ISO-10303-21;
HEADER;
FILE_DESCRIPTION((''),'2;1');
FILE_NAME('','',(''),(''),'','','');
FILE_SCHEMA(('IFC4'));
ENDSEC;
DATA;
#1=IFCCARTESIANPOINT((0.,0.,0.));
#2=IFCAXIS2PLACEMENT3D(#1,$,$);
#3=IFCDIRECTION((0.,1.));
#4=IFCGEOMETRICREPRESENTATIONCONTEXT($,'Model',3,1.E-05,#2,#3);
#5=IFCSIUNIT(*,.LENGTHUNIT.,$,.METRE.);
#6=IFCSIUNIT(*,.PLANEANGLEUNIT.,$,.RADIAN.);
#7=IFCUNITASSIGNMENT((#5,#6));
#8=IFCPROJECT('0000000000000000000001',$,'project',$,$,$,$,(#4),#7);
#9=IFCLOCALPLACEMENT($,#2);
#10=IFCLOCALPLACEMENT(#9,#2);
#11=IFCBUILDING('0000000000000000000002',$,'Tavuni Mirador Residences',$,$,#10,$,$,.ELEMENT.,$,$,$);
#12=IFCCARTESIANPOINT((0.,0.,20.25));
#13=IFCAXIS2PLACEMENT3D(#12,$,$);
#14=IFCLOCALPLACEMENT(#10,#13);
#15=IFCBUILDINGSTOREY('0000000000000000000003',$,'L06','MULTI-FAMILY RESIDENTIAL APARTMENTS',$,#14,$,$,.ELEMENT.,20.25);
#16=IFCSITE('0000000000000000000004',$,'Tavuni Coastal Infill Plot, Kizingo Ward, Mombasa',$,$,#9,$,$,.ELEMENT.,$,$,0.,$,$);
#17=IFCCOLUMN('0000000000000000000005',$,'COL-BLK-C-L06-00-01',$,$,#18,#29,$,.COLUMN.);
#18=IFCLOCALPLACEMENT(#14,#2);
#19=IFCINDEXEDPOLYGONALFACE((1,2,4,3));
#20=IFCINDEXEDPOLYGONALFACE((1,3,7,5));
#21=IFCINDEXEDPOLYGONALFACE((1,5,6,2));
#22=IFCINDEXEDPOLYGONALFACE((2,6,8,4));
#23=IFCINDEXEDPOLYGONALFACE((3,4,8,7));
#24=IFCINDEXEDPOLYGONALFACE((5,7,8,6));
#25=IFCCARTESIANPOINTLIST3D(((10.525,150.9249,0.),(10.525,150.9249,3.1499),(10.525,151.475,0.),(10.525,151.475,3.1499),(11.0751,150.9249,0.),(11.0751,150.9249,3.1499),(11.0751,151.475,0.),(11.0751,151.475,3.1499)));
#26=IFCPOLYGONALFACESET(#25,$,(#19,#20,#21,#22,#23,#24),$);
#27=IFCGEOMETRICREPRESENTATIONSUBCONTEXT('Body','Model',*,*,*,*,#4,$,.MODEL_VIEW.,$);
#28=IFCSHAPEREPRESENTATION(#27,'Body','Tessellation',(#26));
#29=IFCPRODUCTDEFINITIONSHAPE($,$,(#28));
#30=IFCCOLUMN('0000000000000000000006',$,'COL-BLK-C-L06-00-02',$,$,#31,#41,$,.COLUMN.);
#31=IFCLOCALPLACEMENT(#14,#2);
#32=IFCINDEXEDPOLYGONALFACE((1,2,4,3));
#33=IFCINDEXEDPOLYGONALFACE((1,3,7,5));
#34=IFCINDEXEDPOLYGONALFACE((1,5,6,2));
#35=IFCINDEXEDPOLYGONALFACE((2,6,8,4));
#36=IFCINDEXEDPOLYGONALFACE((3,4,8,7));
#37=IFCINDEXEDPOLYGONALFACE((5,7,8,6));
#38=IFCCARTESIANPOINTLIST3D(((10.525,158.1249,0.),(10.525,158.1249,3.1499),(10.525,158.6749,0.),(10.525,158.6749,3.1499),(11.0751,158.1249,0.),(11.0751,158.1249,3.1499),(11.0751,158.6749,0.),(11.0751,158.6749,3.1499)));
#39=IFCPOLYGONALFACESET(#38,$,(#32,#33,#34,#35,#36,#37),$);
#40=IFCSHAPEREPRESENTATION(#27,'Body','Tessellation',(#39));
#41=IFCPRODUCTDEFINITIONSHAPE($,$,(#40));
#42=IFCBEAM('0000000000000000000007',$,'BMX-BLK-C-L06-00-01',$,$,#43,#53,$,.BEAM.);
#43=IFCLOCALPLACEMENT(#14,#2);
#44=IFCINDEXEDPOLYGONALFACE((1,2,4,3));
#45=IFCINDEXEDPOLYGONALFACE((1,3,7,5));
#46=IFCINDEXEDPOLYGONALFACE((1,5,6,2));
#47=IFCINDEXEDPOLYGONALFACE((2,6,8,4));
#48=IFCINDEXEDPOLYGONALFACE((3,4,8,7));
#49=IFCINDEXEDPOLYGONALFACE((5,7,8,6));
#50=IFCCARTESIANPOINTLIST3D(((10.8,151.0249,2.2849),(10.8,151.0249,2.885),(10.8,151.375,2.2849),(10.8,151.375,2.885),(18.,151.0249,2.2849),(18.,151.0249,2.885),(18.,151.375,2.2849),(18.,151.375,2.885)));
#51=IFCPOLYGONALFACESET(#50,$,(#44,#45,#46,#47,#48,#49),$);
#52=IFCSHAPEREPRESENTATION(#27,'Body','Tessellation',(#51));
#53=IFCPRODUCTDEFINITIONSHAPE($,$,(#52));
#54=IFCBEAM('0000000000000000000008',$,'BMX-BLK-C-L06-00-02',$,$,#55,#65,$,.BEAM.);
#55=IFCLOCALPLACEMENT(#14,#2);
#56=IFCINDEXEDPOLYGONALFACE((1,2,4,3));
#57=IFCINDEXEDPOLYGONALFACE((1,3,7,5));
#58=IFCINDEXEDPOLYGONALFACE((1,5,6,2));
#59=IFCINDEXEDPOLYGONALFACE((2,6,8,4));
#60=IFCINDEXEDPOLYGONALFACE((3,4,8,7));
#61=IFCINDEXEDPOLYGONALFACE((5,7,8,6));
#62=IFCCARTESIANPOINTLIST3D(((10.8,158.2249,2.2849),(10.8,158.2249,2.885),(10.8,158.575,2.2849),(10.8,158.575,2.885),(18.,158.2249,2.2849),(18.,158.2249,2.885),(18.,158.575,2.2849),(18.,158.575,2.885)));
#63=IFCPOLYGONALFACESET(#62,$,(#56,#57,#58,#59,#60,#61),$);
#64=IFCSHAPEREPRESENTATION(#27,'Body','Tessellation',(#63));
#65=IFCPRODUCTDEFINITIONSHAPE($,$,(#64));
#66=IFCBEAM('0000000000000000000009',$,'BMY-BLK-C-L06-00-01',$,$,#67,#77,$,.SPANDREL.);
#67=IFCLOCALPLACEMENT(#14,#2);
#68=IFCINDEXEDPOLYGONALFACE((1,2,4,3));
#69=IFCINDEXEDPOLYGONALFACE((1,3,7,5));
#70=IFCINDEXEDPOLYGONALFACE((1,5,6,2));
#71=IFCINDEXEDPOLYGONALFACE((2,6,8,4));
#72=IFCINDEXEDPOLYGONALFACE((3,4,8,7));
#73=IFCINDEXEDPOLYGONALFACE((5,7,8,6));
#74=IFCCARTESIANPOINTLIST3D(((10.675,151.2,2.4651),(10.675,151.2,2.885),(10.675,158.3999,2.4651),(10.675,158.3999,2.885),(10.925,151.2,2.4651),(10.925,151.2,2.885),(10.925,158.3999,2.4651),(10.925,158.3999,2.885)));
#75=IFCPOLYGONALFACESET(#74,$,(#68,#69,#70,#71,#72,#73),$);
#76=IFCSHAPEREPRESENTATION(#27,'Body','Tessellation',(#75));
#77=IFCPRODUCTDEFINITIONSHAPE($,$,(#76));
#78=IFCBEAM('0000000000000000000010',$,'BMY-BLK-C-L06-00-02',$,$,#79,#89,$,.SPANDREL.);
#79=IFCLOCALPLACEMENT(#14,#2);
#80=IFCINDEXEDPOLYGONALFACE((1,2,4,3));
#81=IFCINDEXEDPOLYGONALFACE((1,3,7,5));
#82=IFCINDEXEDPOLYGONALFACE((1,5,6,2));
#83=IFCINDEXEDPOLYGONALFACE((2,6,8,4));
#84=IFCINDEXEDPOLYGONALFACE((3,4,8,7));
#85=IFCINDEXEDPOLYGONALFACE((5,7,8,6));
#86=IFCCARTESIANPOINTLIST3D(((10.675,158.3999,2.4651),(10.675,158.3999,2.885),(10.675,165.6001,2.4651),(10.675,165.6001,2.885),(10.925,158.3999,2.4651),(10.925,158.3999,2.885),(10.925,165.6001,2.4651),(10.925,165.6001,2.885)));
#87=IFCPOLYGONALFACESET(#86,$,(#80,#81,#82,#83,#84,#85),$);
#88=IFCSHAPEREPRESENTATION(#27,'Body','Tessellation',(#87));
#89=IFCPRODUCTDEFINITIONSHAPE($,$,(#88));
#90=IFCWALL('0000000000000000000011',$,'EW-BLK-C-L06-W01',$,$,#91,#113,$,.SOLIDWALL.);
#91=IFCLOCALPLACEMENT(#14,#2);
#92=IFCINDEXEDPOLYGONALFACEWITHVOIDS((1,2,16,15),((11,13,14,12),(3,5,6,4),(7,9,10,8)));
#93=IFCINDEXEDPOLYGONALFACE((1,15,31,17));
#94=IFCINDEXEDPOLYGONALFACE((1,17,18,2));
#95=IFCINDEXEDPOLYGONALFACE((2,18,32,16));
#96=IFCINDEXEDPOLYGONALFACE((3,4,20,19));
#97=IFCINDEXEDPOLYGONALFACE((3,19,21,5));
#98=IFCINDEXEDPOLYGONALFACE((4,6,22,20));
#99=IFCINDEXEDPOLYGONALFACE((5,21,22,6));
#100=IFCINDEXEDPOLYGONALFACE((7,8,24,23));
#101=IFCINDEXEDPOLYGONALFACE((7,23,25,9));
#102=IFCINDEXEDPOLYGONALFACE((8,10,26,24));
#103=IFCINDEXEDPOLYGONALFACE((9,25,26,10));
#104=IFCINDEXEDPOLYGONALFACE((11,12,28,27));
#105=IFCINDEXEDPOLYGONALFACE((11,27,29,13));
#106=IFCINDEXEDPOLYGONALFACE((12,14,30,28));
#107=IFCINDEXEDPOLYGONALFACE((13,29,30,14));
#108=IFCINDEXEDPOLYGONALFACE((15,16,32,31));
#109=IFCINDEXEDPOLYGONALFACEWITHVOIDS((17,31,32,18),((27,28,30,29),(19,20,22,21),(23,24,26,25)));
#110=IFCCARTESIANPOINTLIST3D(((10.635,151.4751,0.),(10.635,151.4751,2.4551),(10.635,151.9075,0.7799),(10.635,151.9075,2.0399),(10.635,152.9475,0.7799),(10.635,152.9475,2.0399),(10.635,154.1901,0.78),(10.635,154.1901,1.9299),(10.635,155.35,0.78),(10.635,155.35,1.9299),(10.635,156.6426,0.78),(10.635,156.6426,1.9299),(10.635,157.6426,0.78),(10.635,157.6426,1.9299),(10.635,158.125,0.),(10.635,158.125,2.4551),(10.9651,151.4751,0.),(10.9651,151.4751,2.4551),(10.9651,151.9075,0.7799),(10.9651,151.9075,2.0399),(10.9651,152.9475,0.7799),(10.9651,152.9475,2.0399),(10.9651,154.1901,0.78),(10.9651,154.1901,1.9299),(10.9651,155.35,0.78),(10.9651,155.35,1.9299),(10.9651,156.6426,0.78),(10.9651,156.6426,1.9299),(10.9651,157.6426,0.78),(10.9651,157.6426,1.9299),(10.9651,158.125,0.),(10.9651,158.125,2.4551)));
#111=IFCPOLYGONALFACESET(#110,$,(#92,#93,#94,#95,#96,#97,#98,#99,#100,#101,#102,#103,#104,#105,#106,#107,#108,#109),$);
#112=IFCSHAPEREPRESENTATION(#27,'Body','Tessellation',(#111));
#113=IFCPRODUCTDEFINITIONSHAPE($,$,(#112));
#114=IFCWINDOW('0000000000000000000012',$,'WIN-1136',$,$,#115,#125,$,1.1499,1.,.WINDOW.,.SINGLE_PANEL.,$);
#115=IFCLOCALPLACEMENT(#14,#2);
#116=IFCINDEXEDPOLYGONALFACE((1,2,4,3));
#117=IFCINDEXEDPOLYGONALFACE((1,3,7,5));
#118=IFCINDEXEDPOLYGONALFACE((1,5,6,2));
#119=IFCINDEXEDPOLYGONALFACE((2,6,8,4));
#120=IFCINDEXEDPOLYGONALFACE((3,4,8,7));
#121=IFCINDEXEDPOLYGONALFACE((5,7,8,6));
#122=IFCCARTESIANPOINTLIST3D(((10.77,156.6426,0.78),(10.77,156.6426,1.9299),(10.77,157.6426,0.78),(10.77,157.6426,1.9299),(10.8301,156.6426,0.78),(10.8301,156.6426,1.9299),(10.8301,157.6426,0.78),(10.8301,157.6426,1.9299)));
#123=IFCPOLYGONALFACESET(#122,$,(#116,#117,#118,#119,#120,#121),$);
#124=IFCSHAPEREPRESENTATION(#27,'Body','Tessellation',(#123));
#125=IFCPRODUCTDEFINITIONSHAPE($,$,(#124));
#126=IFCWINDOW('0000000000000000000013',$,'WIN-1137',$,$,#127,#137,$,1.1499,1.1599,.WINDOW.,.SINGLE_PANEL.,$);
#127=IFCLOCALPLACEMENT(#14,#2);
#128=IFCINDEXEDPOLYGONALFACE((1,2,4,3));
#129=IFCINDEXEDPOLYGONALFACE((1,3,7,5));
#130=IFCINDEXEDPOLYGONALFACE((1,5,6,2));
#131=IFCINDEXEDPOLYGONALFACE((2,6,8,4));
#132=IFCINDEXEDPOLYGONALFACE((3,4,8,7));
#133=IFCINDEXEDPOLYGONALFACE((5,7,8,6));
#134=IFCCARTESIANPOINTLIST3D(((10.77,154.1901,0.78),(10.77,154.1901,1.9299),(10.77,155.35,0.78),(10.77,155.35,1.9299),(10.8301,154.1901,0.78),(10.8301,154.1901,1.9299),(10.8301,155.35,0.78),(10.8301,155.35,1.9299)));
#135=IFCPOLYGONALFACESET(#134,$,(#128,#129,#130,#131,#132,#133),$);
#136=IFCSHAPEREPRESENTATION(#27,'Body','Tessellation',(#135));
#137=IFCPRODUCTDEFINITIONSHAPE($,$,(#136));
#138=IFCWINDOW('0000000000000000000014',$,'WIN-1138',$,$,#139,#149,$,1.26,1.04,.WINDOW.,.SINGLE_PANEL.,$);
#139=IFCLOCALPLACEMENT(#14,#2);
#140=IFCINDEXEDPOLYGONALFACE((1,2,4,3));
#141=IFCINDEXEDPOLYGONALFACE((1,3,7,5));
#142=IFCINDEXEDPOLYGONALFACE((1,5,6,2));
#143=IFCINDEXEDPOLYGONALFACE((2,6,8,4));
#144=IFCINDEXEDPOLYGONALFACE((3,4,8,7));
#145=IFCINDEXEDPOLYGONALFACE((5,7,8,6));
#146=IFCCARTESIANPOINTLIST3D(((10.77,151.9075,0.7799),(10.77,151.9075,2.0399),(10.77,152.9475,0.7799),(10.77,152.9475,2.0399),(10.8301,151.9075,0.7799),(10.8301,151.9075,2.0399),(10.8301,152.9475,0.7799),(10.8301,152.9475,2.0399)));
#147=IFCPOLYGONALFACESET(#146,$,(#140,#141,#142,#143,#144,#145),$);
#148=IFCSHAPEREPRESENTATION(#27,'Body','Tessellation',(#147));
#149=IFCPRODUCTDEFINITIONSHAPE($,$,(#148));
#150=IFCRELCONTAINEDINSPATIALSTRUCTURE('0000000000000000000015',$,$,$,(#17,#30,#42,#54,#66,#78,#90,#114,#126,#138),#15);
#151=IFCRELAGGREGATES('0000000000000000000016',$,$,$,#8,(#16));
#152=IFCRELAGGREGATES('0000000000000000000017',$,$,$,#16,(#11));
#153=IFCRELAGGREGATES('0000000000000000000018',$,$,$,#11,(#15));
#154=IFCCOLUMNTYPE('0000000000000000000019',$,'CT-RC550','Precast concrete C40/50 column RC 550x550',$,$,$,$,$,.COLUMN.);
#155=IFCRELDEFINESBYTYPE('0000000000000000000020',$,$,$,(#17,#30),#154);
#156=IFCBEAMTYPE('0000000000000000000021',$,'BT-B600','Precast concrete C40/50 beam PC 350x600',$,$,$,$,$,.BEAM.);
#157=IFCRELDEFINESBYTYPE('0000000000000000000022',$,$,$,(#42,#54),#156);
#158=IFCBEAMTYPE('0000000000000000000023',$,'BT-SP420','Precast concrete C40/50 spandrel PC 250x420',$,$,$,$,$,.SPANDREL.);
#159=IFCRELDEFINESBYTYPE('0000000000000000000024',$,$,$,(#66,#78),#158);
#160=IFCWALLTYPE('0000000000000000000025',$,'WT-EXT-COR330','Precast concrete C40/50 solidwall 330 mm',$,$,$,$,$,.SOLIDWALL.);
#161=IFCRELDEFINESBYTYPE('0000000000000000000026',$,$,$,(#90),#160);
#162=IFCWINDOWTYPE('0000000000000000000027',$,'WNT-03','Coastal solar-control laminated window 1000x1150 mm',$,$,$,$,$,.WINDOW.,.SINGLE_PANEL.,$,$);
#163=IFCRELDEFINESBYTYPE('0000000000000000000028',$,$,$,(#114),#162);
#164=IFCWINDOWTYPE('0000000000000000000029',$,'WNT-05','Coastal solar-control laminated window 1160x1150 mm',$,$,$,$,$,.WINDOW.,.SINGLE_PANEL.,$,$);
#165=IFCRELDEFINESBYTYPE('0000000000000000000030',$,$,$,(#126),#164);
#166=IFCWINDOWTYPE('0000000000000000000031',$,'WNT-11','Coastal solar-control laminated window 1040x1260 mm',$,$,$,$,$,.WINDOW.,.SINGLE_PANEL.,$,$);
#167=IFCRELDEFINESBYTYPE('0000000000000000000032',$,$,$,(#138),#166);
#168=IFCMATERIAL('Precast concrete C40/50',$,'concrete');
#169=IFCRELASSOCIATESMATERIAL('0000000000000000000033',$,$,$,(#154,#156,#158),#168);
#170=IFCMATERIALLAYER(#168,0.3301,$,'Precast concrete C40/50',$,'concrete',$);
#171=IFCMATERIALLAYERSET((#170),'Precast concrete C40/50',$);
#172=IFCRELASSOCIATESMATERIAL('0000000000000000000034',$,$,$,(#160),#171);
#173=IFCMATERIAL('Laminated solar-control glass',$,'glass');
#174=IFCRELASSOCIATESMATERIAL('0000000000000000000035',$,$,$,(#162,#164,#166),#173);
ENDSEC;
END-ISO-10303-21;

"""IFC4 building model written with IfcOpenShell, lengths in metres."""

from ifc_helpers import new_model, si_unit, direction, frame, frame_2d, origin, origin_2d, place, context, subcontext, project, spatial, rectangle, extrude, material, layer, layer_set, material_profile, profile_set, type_object, element, fill, save


model = new_model("IFC4")

# Units and contexts
model_context = context("Model", 3, precision=1e-05, world=origin(), true_north=direction((0.0, 1.0)))
body_context = subcontext(model_context, "Body", "Model", "MODEL_VIEW")
ifc_project = project(units=[si_unit("LENGTHUNIT", "METRE"), si_unit("PLANEANGLEUNIT", "RADIAN")], contexts=[model_context])

# Site, building, storey
site_placement = place(None, origin())
site = spatial("IfcSite", under=ifc_project, at=site_placement, Name="Tavuni Coastal Infill Plot, Kizingo Ward, Mombasa", CompositionType="ELEMENT", RefElevation=0.0)
building_placement = place(site_placement, origin())
building = spatial("IfcBuilding", under=site, at=building_placement, Name="Tavuni Mirador Residences", CompositionType="ELEMENT")
storey_placement = place(building_placement, frame((0.0, 0.0, 20.25)))
storey = spatial("IfcBuildingStorey", under=building, at=storey_placement, Name="L06", Description="MULTI-FAMILY RESIDENTIAL APARTMENTS", CompositionType="ELEMENT", Elevation=20.25)

# Columns
ifc_material_1 = material(Name="Precast concrete C40/50", Category="concrete")
ifc_material_profile_1 = material_profile(ifc_material_1, rectangle(XDim=0.55, YDim=0.55, at=origin_2d()), Name="RC 550x550", Category="concrete")
ifc_profile_set_1 = profile_set([ifc_material_profile_1], Name="Precast concrete C40/50")
column_type = type_object("IfcColumnType", Name="CT-RC550", Description="Precast concrete C40/50 column RC 550x550", PredefinedType="COLUMN", material=ifc_profile_set_1)
for number, where, z_axis, x_axis, name in (
    (1, (10.8, 151.2, 0.0), (0.0, 0.0, 1.0), (1.0, 0.0, 0.0), "COL-BLK-C-L06-00-01"),
    (2, (10.8, 158.3999, 0.0), (0.0, 0.0, 1.0), (1.0, 0.0, 0.0), "COL-BLK-C-L06-00-02"),
):
    element("IfcColumn", number, at=place(storey_placement, frame(where, z_axis=z_axis, x_axis=x_axis)), inside=storey, type_object=column_type, Name=name, PredefinedType="COLUMN", context=body_context, shape_type="SweptSolid", body=[
        extrude(rectangle(XDim=0.55, YDim=0.55, at=origin_2d()), origin(), (0.0, 0.0, 1.0), 3.1499),
    ])

# Beams
ifc_material_profile_2 = material_profile(ifc_material_1, rectangle(XDim=0.3501, YDim=0.6001, at=origin_2d()), Name="PC 350x600", Category="concrete")
ifc_profile_set_2 = profile_set([ifc_material_profile_2], Name="Precast concrete C40/50")
beam_type_1 = type_object("IfcBeamType", Name="BT-B600", Description="Precast concrete C40/50 beam PC 350x600", PredefinedType="BEAM", material=ifc_profile_set_2)
for number, where, z_axis, x_axis, name in (
    (3, (10.8, 151.2, 2.585), (1.0, 0.0, 0.0), (0.0, 1.0, 0.0), "BMX-BLK-C-L06-00-01"),
    (4, (10.8, 158.3999, 2.585), (1.0, 0.0, 0.0), (0.0, 1.0, 0.0), "BMX-BLK-C-L06-00-02"),
):
    element("IfcBeam", number, at=place(storey_placement, frame(where, z_axis=z_axis, x_axis=x_axis)), inside=storey, type_object=beam_type_1, Name=name, PredefinedType="BEAM", context=body_context, shape_type="SweptSolid", body=[
        extrude(rectangle(XDim=0.3501, YDim=0.6001, at=origin_2d()), origin(), (0.0, 0.0, 1.0), 7.2),
    ])
ifc_material_profile_3 = material_profile(ifc_material_1, rectangle(XDim=0.25, YDim=0.4199, at=origin_2d()), Name="PC 250x420", Category="concrete")
ifc_profile_set_3 = profile_set([ifc_material_profile_3], Name="Precast concrete C40/50")
beam_type_2 = type_object("IfcBeamType", Name="BT-SP420", Description="Precast concrete C40/50 spandrel PC 250x420", PredefinedType="SPANDREL", material=ifc_profile_set_3)
beam_1_placement = place(storey_placement, frame((10.8, 151.2, 2.675), z_axis=(0.0, 1.0, 0.0), x_axis=(-1.0, 0.0, 0.0)))
element("IfcBeam", 5, at=beam_1_placement, inside=storey, type_object=beam_type_2, Name="BMY-BLK-C-L06-00-01", PredefinedType="SPANDREL", context=body_context, shape_type="SweptSolid", body=[
    extrude(rectangle(XDim=0.25, YDim=0.4199, at=origin_2d()), origin(), (0.0, 0.0, 1.0), 7.2),
])
beam_2_placement = place(storey_placement, frame((10.8, 158.3999, 2.675), z_axis=(0.0, 1.0, 0.0), x_axis=(-1.0, 0.0, 0.0)))
element("IfcBeam", 6, at=beam_2_placement, inside=storey, type_object=beam_type_2, Name="BMY-BLK-C-L06-00-02", PredefinedType="SPANDREL", context=body_context, shape_type="SweptSolid", body=[
    extrude(rectangle(XDim=0.25, YDim=0.4199, at=origin_2d()), origin(), (0.0, 0.0, 1.0), 7.2002),
])

# Wall, openings, windows
ifc_layer_1 = layer(ifc_material_1, 0.3301, Name="Precast concrete C40/50", Category="concrete")
ifc_layer_set_1 = layer_set([ifc_layer_1], Name="Precast concrete C40/50")
wall_type_1 = type_object("IfcWallType", Name="WT-EXT-COR330", Description="Precast concrete C40/50 solidwall 330 mm", PredefinedType="SOLIDWALL", material=ifc_layer_set_1)
wall_1_placement = place(storey_placement, frame((10.8, 158.125, 0.0), z_axis=(0.0, 0.0, 1.0), x_axis=(0.0, -1.0, 0.0)))
wall_1 = element("IfcWall", 7, at=wall_1_placement, inside=storey, type_object=wall_type_1, Name="EW-BLK-C-L06-W01", PredefinedType="SOLIDWALL", context=body_context, shape_type="SweptSolid", body=[
    extrude(rectangle(XDim=6.6499, YDim=0.3301, at=frame_2d((3.325, 0.0))), origin(), (0.0, 0.0, 1.0), 2.4551),
])
opening_1_placement = place(wall_1_placement, frame((0.4824, 0.0, 0.78)))
opening_1 = element("IfcOpeningElement", 8, at=opening_1_placement, cuts=wall_1, PredefinedType="OPENING", context=body_context, shape_type="SweptSolid", body=[
    extrude(rectangle(XDim=1.0, YDim=1.1499, at=frame_2d((0.5, 0.575))), frame((0.0, 0.175, 0.0), z_axis=(0.0, -1.0, 0.0), x_axis=(1.0, 0.0, 0.0)), (0.0, 0.0, 1.0), 0.3501),
])
opening_2_placement = place(wall_1_placement, frame((2.7749, 0.0, 0.78)))
opening_2 = element("IfcOpeningElement", 9, at=opening_2_placement, cuts=wall_1, PredefinedType="OPENING", context=body_context, shape_type="SweptSolid", body=[
    extrude(rectangle(XDim=1.1599, YDim=1.1499, at=frame_2d((0.5801, 0.575))), frame((0.0, 0.175, 0.0), z_axis=(0.0, -1.0, 0.0), x_axis=(1.0, 0.0, 0.0)), (0.0, 0.0, 1.0), 0.3501),
])
opening_3_placement = place(wall_1_placement, frame((5.1775, 0.0, 0.78)))
opening_3 = element("IfcOpeningElement", 10, at=opening_3_placement, cuts=wall_1, PredefinedType="OPENING", context=body_context, shape_type="SweptSolid", body=[
    extrude(rectangle(XDim=1.04, YDim=1.26, at=frame_2d((0.52, 0.6299))), frame((0.0, 0.175, 0.0), z_axis=(0.0, -1.0, 0.0), x_axis=(1.0, 0.0, 0.0)), (0.0, 0.0, 1.0), 0.3501),
])
ifc_material_2 = material(Name="Laminated solar-control glass", Category="glass")
window_type_1 = type_object("IfcWindowType", Name="WNT-03", Description="Coastal solar-control laminated window 1000x1150 mm", PartitioningType="SINGLE_PANEL", PredefinedType="WINDOW", material=ifc_material_2)
window_1_placement = place(opening_1_placement, origin())
window_1 = element("IfcWindow", 11, at=window_1_placement, inside=storey, type_object=window_type_1, Name="WIN-1136", OverallHeight=1.1499, OverallWidth=1.0, PartitioningType="SINGLE_PANEL", PredefinedType="WINDOW", context=body_context, shape_type="SweptSolid", body=[
    extrude(rectangle(XDim=1.0, YDim=1.1499, at=frame_2d((0.5, 0.575))), frame((0.0, 0.03, 0.0), z_axis=(0.0, -1.0, 0.0), x_axis=(1.0, 0.0, 0.0)), (0.0, 0.0, 1.0), 0.0601),
])
fill(opening_1, window_1)
window_type_2 = type_object("IfcWindowType", Name="WNT-05", Description="Coastal solar-control laminated window 1160x1150 mm", PartitioningType="SINGLE_PANEL", PredefinedType="WINDOW", material=ifc_material_2)
window_2_placement = place(opening_2_placement, origin())
window_2 = element("IfcWindow", 12, at=window_2_placement, inside=storey, type_object=window_type_2, Name="WIN-1137", OverallHeight=1.1499, OverallWidth=1.1599, PartitioningType="SINGLE_PANEL", PredefinedType="WINDOW", context=body_context, shape_type="SweptSolid", body=[
    extrude(rectangle(XDim=1.1599, YDim=1.1499, at=frame_2d((0.5801, 0.575))), frame((0.0, 0.03, 0.0), z_axis=(0.0, -1.0, 0.0), x_axis=(1.0, 0.0, 0.0)), (0.0, 0.0, 1.0), 0.0601),
])
fill(opening_2, window_2)
window_type_3 = type_object("IfcWindowType", Name="WNT-11", Description="Coastal solar-control laminated window 1040x1260 mm", PartitioningType="SINGLE_PANEL", PredefinedType="WINDOW", material=ifc_material_2)
window_3_placement = place(opening_3_placement, origin())
window_3 = element("IfcWindow", 13, at=window_3_placement, inside=storey, type_object=window_type_3, Name="WIN-1138", OverallHeight=1.26, OverallWidth=1.04, PartitioningType="SINGLE_PANEL", PredefinedType="WINDOW", context=body_context, shape_type="SweptSolid", body=[
    extrude(rectangle(XDim=1.04, YDim=1.26, at=frame_2d((0.52, 0.6299))), frame((0.0, 0.03, 0.0), z_axis=(0.0, -1.0, 0.0), x_axis=(1.0, 0.0, 0.0)), (0.0, 0.0, 1.0), 0.0601),
])
fill(opening_3, window_3)

save(model, "model.ifc")
